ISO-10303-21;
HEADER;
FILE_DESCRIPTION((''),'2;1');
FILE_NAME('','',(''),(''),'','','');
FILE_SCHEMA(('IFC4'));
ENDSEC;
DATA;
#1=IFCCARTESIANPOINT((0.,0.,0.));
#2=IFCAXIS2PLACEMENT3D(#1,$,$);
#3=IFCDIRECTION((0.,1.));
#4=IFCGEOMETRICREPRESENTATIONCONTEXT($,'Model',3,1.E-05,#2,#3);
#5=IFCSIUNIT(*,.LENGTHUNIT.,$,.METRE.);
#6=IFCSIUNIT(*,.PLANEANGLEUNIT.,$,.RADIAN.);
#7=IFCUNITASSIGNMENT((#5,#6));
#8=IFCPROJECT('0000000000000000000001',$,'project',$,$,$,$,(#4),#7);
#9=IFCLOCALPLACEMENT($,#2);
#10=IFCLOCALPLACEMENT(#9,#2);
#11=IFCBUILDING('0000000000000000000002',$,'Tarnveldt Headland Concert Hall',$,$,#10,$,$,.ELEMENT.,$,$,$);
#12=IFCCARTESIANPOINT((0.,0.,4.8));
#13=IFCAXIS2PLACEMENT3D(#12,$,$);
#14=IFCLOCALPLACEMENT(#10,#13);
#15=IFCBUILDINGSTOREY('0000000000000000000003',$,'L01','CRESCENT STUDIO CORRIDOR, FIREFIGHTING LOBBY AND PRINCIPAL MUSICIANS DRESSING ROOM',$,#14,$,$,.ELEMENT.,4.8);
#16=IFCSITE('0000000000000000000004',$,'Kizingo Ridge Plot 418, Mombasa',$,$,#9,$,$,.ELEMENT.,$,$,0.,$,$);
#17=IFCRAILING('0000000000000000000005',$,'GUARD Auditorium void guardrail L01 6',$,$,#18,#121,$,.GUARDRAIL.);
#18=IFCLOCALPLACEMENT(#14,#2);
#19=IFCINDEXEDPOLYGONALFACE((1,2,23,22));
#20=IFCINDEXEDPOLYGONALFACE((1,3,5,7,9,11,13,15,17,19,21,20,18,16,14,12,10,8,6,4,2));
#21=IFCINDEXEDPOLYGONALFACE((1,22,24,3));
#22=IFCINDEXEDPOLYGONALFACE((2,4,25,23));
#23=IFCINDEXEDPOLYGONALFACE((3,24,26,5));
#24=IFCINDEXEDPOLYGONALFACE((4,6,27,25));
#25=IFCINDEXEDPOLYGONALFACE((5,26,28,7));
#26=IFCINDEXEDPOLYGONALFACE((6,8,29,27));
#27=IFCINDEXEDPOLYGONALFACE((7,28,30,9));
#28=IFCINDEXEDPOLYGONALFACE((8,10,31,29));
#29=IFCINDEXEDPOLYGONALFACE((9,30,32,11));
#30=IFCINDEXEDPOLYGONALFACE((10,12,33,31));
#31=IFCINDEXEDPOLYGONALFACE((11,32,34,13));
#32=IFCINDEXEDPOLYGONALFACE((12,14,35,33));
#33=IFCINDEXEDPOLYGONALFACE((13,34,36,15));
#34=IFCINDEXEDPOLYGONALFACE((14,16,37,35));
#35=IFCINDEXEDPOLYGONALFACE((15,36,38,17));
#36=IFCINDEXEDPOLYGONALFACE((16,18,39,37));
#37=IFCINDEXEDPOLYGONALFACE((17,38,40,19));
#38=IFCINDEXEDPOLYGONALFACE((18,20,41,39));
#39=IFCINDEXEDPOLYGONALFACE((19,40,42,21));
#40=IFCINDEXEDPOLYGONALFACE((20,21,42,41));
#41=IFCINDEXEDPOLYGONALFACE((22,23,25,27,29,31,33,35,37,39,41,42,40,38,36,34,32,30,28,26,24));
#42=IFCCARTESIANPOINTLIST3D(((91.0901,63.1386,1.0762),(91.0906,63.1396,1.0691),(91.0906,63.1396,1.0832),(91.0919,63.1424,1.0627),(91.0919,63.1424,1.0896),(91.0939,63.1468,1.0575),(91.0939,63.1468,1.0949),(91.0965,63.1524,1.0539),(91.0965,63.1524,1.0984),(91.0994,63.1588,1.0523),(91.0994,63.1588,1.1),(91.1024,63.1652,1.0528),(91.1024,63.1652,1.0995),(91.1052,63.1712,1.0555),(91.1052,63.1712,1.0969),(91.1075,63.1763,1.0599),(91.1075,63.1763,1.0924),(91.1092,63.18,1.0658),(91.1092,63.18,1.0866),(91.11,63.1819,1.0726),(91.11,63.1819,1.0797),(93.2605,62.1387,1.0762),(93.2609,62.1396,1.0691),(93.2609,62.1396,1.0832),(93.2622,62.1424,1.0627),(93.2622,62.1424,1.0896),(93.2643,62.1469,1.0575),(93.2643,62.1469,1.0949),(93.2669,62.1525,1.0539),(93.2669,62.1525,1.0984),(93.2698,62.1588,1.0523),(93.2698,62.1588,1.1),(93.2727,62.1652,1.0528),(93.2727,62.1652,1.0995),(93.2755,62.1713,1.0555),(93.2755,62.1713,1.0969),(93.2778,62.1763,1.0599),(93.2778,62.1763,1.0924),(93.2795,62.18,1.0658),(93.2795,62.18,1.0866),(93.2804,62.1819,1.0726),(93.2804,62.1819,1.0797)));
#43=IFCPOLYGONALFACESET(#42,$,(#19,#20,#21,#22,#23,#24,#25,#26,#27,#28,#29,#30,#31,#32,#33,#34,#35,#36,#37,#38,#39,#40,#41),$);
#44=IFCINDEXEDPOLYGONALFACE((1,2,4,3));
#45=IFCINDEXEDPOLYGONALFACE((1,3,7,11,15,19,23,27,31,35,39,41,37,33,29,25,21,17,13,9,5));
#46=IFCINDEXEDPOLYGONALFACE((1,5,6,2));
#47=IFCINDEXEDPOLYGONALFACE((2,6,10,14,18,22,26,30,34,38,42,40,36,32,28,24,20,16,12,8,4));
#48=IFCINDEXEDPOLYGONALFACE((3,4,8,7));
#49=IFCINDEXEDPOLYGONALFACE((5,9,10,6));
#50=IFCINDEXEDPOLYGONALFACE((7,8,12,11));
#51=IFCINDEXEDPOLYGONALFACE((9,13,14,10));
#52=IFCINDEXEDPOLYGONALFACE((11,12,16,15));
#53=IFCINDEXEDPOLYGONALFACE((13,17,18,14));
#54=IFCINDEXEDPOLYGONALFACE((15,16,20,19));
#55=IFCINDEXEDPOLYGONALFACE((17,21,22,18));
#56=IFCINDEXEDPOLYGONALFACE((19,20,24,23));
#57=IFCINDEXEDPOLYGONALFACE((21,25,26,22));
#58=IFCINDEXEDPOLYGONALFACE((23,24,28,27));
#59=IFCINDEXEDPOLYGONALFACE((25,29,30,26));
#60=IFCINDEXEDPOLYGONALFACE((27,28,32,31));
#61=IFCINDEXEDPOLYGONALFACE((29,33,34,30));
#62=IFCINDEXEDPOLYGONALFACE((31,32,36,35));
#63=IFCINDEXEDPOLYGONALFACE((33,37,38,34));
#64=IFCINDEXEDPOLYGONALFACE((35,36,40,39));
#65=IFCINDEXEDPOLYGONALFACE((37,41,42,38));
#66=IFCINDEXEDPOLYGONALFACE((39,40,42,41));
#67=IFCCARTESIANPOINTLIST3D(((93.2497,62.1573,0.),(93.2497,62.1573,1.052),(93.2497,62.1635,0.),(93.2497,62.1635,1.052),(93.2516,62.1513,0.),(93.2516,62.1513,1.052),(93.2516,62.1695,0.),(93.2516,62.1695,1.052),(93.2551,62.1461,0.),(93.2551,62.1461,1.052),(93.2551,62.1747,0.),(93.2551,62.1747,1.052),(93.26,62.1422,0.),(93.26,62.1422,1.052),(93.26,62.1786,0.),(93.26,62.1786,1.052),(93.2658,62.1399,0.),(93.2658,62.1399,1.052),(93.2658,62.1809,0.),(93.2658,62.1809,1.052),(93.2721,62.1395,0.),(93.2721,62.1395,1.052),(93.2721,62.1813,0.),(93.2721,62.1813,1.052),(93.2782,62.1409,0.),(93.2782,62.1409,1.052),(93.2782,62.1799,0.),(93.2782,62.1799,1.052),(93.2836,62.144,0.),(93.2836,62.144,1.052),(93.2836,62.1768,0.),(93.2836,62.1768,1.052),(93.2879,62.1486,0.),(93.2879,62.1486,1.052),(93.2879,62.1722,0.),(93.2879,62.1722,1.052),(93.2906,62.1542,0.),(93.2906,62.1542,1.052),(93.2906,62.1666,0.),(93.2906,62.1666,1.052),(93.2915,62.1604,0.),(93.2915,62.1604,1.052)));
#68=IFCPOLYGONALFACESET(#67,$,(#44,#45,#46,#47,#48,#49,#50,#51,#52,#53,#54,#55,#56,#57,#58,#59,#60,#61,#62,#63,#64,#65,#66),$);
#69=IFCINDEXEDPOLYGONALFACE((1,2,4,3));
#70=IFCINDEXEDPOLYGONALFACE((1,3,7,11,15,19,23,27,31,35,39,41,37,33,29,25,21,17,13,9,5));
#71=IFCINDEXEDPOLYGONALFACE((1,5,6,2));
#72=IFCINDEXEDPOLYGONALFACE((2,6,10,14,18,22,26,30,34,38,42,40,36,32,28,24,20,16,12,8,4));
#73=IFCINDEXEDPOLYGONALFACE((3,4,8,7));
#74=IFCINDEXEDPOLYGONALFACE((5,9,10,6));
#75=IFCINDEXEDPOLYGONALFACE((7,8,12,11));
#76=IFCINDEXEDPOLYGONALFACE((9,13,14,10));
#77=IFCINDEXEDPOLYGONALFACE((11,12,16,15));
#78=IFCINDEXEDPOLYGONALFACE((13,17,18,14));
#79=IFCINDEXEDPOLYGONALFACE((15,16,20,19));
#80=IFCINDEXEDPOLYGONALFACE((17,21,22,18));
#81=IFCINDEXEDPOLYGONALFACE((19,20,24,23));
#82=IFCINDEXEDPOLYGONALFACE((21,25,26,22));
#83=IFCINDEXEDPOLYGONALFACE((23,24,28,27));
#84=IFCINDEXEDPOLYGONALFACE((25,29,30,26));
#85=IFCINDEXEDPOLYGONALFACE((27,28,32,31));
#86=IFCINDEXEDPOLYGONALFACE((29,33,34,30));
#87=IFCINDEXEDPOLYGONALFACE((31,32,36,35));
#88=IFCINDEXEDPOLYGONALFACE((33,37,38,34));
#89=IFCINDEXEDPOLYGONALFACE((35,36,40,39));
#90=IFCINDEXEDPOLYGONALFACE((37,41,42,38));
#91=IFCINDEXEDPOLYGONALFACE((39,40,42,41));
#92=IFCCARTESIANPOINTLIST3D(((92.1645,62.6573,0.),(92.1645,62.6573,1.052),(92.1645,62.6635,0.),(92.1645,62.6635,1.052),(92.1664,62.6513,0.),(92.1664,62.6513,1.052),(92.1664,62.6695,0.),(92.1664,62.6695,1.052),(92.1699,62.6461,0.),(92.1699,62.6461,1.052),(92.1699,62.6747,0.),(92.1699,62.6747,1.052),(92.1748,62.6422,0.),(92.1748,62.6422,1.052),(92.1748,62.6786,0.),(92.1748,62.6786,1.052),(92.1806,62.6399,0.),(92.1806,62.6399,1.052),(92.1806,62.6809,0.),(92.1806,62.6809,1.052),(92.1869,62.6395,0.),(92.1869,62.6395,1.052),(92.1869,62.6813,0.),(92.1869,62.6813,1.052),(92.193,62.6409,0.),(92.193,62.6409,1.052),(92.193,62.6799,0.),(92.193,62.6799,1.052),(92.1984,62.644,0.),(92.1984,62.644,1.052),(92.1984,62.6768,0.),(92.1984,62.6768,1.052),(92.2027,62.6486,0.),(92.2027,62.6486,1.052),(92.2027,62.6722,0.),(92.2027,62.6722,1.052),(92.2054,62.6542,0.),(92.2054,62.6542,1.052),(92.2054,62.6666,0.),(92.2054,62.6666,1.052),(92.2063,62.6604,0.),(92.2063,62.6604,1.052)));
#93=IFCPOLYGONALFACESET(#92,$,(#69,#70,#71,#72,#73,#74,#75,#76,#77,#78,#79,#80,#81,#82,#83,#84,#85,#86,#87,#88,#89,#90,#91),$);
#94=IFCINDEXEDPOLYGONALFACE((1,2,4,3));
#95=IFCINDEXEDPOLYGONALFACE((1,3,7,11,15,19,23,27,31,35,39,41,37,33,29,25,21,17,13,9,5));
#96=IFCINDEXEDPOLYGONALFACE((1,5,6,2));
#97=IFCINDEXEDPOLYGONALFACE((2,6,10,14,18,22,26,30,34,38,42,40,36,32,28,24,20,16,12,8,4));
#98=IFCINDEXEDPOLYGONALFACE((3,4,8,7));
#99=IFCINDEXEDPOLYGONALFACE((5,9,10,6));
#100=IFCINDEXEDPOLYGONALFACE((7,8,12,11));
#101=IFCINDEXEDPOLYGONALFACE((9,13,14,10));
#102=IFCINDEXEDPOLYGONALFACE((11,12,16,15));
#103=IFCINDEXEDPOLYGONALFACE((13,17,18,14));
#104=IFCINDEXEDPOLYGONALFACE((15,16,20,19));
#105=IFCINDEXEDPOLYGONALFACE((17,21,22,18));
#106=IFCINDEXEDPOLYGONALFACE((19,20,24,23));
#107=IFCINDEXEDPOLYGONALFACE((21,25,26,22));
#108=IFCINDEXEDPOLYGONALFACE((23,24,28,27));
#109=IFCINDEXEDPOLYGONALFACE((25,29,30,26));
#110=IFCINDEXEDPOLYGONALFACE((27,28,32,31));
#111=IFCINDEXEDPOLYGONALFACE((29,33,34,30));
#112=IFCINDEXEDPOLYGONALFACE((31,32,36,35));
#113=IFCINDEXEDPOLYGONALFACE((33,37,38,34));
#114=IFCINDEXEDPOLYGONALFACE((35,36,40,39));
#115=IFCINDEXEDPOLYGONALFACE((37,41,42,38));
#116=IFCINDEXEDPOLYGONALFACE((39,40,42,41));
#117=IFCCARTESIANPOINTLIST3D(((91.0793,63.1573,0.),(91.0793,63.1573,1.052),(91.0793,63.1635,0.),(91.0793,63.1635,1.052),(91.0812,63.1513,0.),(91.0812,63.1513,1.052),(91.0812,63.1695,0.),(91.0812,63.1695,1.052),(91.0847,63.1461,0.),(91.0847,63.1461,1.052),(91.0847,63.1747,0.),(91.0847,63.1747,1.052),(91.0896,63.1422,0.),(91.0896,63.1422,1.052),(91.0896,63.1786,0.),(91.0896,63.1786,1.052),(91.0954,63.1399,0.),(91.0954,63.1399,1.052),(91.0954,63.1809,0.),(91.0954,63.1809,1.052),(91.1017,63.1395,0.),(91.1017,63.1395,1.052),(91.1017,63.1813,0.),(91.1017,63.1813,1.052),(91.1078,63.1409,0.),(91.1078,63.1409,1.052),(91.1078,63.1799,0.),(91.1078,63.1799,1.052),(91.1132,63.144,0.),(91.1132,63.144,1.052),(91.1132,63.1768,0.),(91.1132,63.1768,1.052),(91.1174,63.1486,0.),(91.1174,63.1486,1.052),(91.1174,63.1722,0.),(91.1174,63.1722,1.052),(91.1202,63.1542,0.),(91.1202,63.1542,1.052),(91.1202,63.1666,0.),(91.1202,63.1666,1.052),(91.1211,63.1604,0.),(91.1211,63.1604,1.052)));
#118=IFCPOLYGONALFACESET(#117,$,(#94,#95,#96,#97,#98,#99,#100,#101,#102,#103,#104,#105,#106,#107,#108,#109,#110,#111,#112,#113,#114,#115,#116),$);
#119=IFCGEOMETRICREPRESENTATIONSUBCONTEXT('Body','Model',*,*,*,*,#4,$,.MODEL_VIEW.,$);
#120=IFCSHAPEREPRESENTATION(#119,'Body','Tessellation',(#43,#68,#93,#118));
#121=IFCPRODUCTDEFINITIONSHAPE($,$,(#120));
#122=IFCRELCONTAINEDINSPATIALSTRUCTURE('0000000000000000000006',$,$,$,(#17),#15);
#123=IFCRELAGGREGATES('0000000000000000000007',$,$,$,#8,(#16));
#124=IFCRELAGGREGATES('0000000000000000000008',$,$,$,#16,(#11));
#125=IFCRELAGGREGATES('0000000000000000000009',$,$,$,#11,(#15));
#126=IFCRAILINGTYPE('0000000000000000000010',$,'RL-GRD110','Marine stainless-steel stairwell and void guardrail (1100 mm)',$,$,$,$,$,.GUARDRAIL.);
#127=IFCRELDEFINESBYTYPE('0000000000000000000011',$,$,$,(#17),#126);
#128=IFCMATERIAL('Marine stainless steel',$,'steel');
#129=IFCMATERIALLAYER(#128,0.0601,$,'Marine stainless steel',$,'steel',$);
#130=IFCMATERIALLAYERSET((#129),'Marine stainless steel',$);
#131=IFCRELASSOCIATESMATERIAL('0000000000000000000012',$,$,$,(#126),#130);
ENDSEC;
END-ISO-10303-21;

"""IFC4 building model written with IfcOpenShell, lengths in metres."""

from ifc_helpers import new_model, si_unit, direction, frame, origin, origin_2d, place, context, subcontext, project, spatial, circle, extrude, material, layer, layer_set, type_object, element, save


model = new_model("IFC4")

# Units and contexts
model_context = context("Model", 3, precision=1e-05, world=origin(), true_north=direction((0.0, 1.0)))
body_context = subcontext(model_context, "Body", "Model", "MODEL_VIEW")
ifc_project = project(units=[si_unit("LENGTHUNIT", "METRE"), si_unit("PLANEANGLEUNIT", "RADIAN")], contexts=[model_context])

# Site, building, storey
site_placement = place(None, origin())
site = spatial("IfcSite", under=ifc_project, at=site_placement, Name="Kizingo Ridge Plot 418, Mombasa", CompositionType="ELEMENT", RefElevation=0.0)
building_placement = place(site_placement, origin())
building = spatial("IfcBuilding", under=site, at=building_placement, Name="Tarnveldt Headland Concert Hall", CompositionType="ELEMENT")
storey_placement = place(building_placement, frame((0.0, 0.0, 4.8)))
storey = spatial("IfcBuildingStorey", under=building, at=storey_placement, Name="L01", Description="CRESCENT STUDIO CORRIDOR, FIREFIGHTING LOBBY AND PRINCIPAL MUSICIANS DRESSING ROOM", CompositionType="ELEMENT", Elevation=4.8)

# Railing
ifc_material_1 = material(Name="Marine stainless steel", Category="steel")
ifc_layer_1 = layer(ifc_material_1, 0.0601, Name="Marine stainless steel", Category="steel")
ifc_layer_set_1 = layer_set([ifc_layer_1], Name="Marine stainless steel")
railing_type = type_object("IfcRailingType", Name="RL-GRD110", Description="Marine stainless-steel stairwell and void guardrail (1100 mm)", PredefinedType="GUARDRAIL", material=ifc_layer_set_1)
railing_1_placement = place(storey_placement, frame((93.2705, 62.1604, 0.0)))
element("IfcRailing", 1, at=railing_1_placement, inside=storey, type_object=railing_type, Name="GUARD Auditorium void guardrail L01 6", PredefinedType="GUARDRAIL", context=body_context, shape_type="SweptSolid", body=[
    extrude(circle(Radius=0.0239, at=origin_2d()), frame((0.0, 0.0, 1.0762), z_axis=(-0.908234, 0.418462, 0.0), x_axis=(-0.418462, -0.908234, 0.0)), (0.0, 0.0, 1.0), 2.3896),
    extrude(circle(Radius=0.021, at=origin_2d()), origin(), (0.0, 0.0, 1.0), 1.052),
    extrude(circle(Radius=0.021, at=origin_2d()), frame((-1.0852, 0.5, 0.0)), (0.0, 0.0, 1.0), 1.052),
    extrude(circle(Radius=0.021, at=origin_2d()), frame((-2.1704, 1.0, 0.0)), (0.0, 0.0, 1.0), 1.052),
])

save(model, "model.ifc")
